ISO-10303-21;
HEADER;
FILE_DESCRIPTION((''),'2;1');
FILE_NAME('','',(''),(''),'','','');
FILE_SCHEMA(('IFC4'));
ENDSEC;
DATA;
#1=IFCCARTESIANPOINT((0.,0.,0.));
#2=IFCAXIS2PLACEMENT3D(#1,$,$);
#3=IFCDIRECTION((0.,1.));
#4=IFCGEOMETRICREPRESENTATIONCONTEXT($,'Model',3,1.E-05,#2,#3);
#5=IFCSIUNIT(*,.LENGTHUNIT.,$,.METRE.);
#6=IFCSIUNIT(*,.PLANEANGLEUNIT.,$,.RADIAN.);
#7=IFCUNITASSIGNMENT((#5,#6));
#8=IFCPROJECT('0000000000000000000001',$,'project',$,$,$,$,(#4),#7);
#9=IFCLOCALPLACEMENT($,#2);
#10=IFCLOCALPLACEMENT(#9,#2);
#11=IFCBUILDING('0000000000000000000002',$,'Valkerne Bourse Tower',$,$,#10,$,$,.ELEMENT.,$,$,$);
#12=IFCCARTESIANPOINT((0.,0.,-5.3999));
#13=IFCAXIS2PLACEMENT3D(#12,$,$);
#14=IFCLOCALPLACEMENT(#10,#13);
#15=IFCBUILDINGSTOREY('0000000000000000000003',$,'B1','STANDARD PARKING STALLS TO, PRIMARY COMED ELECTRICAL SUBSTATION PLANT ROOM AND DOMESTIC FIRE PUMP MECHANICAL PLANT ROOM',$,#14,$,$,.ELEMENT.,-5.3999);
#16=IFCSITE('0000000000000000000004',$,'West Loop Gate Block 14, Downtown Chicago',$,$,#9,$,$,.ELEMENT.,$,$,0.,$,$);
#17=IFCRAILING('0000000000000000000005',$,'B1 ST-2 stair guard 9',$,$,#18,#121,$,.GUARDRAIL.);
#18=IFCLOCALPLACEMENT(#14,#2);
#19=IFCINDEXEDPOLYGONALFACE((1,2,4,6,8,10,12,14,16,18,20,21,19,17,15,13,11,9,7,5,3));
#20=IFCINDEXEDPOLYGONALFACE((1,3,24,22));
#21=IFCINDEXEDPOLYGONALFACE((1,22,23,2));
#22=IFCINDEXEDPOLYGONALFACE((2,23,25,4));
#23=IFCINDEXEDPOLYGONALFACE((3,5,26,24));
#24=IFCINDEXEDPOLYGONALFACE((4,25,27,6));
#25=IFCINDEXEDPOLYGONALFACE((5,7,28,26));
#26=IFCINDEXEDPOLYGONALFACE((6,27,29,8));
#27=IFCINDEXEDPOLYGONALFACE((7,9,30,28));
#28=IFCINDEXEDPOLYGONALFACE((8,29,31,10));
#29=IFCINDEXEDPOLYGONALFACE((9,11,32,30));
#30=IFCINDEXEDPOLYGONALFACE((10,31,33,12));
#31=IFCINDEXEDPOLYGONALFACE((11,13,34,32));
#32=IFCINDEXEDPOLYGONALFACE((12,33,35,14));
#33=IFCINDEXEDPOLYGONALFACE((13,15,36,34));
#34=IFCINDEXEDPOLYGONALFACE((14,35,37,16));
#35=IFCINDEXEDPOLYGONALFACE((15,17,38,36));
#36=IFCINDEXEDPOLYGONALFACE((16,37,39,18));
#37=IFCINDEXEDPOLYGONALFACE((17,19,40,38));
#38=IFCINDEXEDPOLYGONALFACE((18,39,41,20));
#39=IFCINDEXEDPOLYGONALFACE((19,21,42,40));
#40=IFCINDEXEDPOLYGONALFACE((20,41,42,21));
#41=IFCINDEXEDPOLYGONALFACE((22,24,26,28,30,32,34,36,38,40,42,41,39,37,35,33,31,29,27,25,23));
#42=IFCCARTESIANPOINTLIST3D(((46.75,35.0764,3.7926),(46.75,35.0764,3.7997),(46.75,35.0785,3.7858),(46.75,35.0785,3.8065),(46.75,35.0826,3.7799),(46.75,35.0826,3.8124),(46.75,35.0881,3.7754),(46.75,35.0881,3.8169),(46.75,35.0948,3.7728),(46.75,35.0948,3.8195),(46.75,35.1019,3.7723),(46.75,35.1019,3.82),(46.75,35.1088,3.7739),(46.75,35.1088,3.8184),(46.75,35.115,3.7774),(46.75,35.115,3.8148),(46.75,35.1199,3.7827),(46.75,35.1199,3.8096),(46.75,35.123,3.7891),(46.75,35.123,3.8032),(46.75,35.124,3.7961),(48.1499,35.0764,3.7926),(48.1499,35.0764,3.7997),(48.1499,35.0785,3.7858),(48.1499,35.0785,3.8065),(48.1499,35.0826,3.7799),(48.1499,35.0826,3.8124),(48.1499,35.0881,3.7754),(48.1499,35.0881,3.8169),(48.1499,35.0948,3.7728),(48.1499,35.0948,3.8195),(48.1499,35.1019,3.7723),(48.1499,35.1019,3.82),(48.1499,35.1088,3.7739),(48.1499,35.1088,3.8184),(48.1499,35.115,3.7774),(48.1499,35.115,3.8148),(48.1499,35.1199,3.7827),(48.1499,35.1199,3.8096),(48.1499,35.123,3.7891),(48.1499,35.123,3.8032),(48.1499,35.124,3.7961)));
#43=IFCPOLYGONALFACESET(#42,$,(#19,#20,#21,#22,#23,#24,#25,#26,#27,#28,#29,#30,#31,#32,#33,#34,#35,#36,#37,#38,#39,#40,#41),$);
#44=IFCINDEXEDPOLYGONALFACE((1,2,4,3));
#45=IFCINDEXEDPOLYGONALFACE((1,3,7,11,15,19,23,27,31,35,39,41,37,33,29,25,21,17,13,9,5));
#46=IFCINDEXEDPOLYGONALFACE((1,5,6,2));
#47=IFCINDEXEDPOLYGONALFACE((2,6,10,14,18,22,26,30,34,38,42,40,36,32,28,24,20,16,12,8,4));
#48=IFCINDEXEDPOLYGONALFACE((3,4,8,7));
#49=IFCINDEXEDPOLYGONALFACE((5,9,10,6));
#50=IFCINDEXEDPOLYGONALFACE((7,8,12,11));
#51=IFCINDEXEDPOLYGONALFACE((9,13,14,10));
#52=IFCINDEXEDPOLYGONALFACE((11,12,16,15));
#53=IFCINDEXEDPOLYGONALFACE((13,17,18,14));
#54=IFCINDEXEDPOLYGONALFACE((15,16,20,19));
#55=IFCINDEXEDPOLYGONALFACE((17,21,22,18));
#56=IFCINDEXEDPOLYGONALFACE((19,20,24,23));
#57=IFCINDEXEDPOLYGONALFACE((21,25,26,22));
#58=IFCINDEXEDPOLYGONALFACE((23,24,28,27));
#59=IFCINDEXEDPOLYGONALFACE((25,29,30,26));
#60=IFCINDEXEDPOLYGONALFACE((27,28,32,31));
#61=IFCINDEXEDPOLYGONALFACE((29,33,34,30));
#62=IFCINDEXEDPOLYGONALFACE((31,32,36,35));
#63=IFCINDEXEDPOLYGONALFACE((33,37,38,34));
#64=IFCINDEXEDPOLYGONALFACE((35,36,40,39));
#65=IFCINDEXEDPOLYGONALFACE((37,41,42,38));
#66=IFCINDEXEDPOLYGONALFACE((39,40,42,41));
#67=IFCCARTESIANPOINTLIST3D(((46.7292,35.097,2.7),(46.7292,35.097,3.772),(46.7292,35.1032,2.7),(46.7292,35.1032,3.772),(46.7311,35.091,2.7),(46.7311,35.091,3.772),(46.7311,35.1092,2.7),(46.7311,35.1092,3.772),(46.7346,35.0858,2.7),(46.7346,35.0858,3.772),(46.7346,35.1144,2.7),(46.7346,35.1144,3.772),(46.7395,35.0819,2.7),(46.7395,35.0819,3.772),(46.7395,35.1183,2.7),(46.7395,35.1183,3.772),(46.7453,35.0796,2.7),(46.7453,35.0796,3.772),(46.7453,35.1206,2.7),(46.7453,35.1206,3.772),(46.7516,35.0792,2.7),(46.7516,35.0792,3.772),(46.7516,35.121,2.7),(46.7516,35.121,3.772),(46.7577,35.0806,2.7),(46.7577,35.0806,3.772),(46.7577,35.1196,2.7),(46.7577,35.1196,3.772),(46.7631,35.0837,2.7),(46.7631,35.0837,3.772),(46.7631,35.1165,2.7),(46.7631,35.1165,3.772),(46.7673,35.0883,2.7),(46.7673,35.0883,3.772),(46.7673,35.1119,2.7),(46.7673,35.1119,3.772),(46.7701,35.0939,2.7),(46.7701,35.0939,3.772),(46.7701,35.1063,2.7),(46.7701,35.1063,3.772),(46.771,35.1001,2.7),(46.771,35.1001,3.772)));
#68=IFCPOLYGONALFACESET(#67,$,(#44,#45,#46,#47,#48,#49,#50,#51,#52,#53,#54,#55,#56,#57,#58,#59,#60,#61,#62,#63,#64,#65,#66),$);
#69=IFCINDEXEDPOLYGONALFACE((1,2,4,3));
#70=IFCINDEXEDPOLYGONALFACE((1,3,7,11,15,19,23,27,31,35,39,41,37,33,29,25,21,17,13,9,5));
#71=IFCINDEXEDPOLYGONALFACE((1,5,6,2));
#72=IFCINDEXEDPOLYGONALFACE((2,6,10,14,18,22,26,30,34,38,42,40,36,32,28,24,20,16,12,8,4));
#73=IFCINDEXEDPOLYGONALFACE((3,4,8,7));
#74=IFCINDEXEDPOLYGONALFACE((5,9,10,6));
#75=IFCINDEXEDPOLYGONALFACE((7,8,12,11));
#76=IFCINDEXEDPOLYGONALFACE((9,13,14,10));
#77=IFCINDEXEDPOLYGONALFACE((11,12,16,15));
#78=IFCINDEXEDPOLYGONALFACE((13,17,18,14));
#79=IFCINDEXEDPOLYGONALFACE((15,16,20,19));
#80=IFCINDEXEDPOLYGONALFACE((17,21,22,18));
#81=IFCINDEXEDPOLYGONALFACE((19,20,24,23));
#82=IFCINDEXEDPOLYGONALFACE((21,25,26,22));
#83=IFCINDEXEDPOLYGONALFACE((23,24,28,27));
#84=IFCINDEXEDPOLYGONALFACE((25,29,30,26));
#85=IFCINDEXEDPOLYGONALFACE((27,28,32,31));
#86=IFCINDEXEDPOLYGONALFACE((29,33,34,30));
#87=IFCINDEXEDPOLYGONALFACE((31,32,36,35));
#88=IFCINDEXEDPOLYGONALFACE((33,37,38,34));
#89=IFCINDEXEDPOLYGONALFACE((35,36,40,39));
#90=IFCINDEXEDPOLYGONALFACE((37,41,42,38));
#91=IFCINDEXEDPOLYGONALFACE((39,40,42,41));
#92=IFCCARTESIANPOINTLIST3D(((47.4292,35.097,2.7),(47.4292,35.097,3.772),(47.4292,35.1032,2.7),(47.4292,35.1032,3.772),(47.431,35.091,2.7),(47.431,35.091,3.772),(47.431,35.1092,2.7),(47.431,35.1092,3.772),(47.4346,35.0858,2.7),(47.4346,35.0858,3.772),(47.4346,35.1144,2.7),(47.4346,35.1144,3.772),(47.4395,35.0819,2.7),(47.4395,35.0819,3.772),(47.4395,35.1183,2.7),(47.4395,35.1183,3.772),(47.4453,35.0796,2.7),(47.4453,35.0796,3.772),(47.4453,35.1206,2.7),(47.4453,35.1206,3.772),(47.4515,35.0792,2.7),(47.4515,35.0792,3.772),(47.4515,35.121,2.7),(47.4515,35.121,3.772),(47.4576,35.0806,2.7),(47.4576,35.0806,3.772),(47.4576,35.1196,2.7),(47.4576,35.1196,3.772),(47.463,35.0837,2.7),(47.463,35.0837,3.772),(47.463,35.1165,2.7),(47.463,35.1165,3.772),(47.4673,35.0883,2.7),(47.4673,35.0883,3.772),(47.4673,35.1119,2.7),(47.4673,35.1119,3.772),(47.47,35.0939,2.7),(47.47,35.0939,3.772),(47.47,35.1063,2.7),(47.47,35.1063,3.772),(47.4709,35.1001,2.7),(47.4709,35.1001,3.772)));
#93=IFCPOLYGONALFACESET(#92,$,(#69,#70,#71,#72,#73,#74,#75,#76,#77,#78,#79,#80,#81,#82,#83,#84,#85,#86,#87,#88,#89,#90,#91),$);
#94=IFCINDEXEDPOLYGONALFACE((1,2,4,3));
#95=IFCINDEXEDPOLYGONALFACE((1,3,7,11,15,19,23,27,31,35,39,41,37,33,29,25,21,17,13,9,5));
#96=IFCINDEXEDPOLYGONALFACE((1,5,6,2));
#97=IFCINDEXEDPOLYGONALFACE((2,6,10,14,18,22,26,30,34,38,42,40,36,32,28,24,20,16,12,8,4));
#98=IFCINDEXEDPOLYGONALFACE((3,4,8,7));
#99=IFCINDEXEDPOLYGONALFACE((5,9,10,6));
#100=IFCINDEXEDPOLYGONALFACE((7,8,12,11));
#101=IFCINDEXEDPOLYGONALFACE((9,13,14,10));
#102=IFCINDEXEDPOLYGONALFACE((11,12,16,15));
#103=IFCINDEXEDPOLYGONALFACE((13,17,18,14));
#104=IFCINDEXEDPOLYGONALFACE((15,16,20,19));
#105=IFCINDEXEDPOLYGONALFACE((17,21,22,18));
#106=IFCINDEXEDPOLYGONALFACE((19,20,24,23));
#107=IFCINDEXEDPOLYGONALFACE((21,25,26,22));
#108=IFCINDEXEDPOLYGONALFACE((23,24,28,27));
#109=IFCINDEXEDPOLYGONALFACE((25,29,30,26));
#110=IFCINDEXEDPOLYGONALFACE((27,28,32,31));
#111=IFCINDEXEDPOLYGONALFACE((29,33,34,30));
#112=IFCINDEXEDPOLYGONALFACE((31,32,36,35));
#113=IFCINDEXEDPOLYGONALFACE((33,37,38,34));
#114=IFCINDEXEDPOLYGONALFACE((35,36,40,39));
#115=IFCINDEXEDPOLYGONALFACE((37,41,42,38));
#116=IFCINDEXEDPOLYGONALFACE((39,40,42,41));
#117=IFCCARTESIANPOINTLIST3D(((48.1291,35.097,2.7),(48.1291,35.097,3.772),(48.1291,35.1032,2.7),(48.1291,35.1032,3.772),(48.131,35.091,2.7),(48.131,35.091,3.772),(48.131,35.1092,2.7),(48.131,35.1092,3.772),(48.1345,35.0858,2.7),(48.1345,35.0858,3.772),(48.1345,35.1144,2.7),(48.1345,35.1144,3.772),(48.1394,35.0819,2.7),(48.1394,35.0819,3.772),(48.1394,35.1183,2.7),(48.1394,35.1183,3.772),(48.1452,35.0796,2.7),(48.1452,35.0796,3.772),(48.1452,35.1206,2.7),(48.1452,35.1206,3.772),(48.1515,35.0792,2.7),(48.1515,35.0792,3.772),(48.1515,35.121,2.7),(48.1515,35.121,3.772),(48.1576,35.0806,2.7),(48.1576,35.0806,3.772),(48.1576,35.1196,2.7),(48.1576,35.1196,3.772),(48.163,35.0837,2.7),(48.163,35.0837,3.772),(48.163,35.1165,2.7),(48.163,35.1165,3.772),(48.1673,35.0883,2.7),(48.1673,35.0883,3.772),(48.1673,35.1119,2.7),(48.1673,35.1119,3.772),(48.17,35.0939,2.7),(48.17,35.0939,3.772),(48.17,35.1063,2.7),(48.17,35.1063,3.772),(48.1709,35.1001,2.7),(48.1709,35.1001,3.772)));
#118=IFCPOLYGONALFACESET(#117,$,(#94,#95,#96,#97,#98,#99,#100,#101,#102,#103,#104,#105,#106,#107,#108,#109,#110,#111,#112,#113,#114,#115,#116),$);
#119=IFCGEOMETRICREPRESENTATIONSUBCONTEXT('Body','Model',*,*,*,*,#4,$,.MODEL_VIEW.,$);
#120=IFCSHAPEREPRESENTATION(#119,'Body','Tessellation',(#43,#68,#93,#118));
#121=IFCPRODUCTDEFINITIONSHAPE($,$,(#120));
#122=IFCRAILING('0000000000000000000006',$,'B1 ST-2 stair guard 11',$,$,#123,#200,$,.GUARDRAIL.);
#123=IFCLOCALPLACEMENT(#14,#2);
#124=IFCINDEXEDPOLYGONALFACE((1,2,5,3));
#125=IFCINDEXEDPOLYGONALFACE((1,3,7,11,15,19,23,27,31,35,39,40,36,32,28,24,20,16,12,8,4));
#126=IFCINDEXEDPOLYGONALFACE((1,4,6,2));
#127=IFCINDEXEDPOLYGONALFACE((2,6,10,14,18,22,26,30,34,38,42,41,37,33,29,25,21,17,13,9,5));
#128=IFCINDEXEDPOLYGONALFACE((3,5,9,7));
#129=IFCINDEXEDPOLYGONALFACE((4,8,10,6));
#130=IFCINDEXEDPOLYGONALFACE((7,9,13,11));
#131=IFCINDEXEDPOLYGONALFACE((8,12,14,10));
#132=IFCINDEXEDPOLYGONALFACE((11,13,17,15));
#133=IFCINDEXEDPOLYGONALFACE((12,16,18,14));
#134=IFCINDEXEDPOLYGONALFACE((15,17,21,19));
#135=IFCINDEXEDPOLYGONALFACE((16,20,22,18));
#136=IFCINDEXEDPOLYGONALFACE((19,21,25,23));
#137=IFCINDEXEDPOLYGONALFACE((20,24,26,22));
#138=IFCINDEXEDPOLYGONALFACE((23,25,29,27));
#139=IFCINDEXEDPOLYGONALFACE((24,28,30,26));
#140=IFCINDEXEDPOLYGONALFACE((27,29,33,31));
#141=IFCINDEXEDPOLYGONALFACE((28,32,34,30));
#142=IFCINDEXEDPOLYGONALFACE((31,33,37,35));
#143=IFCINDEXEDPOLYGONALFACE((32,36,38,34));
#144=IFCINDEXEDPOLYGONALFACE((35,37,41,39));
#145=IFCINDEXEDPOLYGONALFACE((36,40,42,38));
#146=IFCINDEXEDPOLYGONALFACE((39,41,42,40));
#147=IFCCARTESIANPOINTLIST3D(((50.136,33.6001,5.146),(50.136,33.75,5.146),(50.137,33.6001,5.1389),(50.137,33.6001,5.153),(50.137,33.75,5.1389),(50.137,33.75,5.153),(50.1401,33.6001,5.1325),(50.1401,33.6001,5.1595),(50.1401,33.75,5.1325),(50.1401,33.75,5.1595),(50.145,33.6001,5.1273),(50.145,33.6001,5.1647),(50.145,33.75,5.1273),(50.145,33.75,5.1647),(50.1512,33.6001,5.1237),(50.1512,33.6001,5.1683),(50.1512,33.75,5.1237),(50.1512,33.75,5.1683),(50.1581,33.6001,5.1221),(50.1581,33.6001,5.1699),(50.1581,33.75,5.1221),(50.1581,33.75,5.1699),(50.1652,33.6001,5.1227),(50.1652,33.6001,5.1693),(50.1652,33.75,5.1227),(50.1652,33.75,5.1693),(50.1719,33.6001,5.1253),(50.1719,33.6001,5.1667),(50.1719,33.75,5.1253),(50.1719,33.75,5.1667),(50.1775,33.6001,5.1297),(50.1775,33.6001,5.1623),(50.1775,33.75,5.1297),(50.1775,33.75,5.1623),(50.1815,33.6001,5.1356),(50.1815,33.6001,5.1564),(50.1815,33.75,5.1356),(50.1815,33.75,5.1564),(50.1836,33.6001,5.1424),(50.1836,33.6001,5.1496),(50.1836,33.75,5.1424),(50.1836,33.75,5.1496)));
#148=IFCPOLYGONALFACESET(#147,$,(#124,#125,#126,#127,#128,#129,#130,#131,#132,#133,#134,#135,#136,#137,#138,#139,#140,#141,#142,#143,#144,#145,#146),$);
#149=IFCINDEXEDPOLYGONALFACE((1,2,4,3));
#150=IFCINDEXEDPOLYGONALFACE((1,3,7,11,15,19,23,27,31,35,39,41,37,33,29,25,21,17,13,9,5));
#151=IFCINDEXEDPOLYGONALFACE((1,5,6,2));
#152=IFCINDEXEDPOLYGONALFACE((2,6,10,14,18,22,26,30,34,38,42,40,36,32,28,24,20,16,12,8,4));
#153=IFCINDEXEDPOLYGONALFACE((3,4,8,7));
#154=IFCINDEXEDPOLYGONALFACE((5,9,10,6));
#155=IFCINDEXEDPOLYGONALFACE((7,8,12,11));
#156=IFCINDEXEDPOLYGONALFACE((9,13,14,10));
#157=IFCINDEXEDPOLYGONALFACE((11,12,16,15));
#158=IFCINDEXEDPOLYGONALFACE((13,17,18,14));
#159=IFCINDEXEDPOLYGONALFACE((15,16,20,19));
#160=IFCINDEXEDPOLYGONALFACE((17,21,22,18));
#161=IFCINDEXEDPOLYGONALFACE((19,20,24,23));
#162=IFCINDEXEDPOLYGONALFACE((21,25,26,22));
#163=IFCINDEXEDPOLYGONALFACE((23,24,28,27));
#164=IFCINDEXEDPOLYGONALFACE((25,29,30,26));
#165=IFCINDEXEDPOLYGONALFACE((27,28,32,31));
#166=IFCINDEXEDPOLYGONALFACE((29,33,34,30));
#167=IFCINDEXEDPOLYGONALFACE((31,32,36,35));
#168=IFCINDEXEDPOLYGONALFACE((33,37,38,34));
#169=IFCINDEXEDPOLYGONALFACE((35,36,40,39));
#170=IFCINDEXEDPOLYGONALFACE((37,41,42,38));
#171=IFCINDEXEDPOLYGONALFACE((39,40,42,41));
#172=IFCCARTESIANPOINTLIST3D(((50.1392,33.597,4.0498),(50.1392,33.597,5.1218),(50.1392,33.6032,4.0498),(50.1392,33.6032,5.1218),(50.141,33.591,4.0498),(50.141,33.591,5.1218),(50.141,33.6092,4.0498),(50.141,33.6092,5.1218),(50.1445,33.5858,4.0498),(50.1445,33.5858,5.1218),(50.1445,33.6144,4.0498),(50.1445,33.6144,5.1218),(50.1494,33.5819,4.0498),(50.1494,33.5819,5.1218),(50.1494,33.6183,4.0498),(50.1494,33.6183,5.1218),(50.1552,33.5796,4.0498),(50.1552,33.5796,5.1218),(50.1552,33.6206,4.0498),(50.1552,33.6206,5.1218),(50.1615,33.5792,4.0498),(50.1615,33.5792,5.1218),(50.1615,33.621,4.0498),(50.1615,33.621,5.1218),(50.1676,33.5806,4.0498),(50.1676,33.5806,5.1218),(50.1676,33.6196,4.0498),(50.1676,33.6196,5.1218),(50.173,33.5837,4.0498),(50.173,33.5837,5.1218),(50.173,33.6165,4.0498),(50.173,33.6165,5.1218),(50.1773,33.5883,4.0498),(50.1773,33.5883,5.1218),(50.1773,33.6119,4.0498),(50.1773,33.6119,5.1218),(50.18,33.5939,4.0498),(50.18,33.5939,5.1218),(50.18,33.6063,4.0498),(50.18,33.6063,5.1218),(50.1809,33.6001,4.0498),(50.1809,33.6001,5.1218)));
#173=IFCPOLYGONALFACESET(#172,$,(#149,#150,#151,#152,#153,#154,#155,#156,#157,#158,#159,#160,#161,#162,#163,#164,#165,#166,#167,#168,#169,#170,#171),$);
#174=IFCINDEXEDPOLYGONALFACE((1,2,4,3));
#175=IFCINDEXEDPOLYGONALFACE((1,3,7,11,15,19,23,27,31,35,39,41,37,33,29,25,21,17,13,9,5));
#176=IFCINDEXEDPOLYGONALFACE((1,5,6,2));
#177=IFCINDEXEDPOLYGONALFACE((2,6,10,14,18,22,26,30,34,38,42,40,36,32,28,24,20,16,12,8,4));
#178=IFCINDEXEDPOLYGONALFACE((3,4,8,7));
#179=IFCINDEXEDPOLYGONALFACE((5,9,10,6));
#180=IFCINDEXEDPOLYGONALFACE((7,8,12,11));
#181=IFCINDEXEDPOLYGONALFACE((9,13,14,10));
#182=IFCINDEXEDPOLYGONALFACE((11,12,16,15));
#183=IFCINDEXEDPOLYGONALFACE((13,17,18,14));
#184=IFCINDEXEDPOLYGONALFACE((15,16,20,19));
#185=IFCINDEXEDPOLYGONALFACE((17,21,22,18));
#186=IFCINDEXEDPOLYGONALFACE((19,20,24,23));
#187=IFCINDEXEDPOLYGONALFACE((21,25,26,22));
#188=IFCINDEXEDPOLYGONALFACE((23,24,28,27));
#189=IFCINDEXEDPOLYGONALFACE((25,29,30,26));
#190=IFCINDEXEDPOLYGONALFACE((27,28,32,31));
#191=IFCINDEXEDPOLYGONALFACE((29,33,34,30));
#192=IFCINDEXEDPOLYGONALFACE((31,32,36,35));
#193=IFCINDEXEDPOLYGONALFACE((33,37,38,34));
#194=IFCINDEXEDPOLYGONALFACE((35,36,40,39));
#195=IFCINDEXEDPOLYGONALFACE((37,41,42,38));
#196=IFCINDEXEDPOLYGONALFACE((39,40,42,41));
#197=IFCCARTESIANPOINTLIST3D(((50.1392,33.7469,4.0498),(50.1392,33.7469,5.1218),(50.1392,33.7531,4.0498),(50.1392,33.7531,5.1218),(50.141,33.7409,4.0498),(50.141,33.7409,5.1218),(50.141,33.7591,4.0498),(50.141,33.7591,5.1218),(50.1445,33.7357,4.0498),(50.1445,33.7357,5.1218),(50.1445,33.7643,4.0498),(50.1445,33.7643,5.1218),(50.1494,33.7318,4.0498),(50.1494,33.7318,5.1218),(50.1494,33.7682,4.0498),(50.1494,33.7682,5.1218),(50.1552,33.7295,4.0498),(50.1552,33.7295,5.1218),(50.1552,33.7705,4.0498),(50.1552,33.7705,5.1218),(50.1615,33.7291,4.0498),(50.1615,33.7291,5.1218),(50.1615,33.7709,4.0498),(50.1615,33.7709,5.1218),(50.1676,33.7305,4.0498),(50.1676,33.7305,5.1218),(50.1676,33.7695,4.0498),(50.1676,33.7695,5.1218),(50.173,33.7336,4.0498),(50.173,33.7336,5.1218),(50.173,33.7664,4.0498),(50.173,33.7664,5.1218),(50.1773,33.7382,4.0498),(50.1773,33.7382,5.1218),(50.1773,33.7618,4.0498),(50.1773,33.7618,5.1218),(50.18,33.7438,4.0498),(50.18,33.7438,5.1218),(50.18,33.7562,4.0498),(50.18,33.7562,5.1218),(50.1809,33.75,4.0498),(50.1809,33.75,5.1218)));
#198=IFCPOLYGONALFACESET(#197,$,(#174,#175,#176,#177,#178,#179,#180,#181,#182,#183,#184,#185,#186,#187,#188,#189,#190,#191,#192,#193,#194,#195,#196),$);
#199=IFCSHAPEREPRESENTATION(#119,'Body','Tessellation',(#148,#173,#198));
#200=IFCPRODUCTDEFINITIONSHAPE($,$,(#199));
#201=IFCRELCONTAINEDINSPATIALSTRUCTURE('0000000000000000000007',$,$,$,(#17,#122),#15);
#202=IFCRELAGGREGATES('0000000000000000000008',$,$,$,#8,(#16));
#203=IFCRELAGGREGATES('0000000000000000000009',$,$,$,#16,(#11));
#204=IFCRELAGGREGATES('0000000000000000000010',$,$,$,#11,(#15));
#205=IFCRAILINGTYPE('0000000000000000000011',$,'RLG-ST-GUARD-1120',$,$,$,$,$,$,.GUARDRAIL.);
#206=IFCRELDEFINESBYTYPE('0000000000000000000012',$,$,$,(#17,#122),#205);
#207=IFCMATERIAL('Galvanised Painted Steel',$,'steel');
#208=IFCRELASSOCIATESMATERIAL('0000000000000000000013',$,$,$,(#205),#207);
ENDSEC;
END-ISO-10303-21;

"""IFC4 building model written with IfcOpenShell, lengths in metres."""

from ifc_helpers import new_model, si_unit, direction, frame, origin, origin_2d, place, context, subcontext, project, spatial, circle, extrude, material, type_object, element, save


model = new_model("IFC4")

# Units and contexts
model_context = context("Model", 3, precision=1e-05, world=origin(), true_north=direction((0.0, 1.0)))
body_context = subcontext(model_context, "Body", "Model", "MODEL_VIEW")
ifc_project = project(units=[si_unit("LENGTHUNIT", "METRE"), si_unit("PLANEANGLEUNIT", "RADIAN")], contexts=[model_context])

# Site, building, storey
site_placement = place(None, origin())
site = spatial("IfcSite", under=ifc_project, at=site_placement, Name="West Loop Gate Block 14, Downtown Chicago", CompositionType="ELEMENT", RefElevation=0.0)
building_placement = place(site_placement, origin())
building = spatial("IfcBuilding", under=site, at=building_placement, Name="Valkerne Bourse Tower", CompositionType="ELEMENT")
storey_placement = place(building_placement, frame((0.0, 0.0, -5.3999)))
storey = spatial("IfcBuildingStorey", under=building, at=storey_placement, Name="B1", Description="STANDARD PARKING STALLS TO, PRIMARY COMED ELECTRICAL SUBSTATION PLANT ROOM AND DOMESTIC FIRE PUMP MECHANICAL PLANT ROOM", CompositionType="ELEMENT", Elevation=-5.3999)

# Railings
ifc_material_1 = material(Name="Galvanised Painted Steel", Category="steel")
railing_type_1 = type_object("IfcRailingType", Name="RLG-ST-GUARD-1120", PredefinedType="GUARDRAIL", material=ifc_material_1)
railing_1_placement = place(storey_placement, frame((46.75, 35.1001, 2.7)))
element("IfcRailing", 1, at=railing_1_placement, inside=storey, type_object=railing_type_1, Name="B1 ST-2 stair guard 9", PredefinedType="GUARDRAIL", context=body_context, shape_type="SweptSolid", body=[
    extrude(circle(Radius=0.0239, at=origin_2d()), frame((0.0, 0.0, 1.0962), z_axis=(1.0, 0.0, 0.0), x_axis=(0.0, 1.0, 0.0)), (0.0, 0.0, 1.0), 1.3999),
    extrude(circle(Radius=0.021, at=origin_2d()), origin(), (0.0, 0.0, 1.0), 1.072),
    extrude(circle(Radius=0.021, at=origin_2d()), frame((0.7, 0.0, 0.0)), (0.0, 0.0, 1.0), 1.072),
    extrude(circle(Radius=0.021, at=origin_2d()), frame((1.3999, 0.0, 0.0)), (0.0, 0.0, 1.0), 1.072),
])
railing_2_placement = place(storey_placement, frame((50.1599, 33.6001, 4.0498)))
element("IfcRailing", 2, at=railing_2_placement, inside=storey, type_object=railing_type_1, Name="B1 ST-2 stair guard 11", PredefinedType="GUARDRAIL", context=body_context, shape_type="SweptSolid", body=[
    extrude(circle(Radius=0.0239, at=origin_2d()), frame((0.0, 0.0, 1.0962), z_axis=(0.0, 1.0, 0.0), x_axis=(-1.0, 0.0, 0.0)), (0.0, 0.0, 1.0), 0.1499),
    extrude(circle(Radius=0.021, at=origin_2d()), origin(), (0.0, 0.0, 1.0), 1.072),
    extrude(circle(Radius=0.021, at=origin_2d()), frame((0.0, 0.1499, 0.0)), (0.0, 0.0, 1.0), 1.072),
])

save(model, "model.ifc")
